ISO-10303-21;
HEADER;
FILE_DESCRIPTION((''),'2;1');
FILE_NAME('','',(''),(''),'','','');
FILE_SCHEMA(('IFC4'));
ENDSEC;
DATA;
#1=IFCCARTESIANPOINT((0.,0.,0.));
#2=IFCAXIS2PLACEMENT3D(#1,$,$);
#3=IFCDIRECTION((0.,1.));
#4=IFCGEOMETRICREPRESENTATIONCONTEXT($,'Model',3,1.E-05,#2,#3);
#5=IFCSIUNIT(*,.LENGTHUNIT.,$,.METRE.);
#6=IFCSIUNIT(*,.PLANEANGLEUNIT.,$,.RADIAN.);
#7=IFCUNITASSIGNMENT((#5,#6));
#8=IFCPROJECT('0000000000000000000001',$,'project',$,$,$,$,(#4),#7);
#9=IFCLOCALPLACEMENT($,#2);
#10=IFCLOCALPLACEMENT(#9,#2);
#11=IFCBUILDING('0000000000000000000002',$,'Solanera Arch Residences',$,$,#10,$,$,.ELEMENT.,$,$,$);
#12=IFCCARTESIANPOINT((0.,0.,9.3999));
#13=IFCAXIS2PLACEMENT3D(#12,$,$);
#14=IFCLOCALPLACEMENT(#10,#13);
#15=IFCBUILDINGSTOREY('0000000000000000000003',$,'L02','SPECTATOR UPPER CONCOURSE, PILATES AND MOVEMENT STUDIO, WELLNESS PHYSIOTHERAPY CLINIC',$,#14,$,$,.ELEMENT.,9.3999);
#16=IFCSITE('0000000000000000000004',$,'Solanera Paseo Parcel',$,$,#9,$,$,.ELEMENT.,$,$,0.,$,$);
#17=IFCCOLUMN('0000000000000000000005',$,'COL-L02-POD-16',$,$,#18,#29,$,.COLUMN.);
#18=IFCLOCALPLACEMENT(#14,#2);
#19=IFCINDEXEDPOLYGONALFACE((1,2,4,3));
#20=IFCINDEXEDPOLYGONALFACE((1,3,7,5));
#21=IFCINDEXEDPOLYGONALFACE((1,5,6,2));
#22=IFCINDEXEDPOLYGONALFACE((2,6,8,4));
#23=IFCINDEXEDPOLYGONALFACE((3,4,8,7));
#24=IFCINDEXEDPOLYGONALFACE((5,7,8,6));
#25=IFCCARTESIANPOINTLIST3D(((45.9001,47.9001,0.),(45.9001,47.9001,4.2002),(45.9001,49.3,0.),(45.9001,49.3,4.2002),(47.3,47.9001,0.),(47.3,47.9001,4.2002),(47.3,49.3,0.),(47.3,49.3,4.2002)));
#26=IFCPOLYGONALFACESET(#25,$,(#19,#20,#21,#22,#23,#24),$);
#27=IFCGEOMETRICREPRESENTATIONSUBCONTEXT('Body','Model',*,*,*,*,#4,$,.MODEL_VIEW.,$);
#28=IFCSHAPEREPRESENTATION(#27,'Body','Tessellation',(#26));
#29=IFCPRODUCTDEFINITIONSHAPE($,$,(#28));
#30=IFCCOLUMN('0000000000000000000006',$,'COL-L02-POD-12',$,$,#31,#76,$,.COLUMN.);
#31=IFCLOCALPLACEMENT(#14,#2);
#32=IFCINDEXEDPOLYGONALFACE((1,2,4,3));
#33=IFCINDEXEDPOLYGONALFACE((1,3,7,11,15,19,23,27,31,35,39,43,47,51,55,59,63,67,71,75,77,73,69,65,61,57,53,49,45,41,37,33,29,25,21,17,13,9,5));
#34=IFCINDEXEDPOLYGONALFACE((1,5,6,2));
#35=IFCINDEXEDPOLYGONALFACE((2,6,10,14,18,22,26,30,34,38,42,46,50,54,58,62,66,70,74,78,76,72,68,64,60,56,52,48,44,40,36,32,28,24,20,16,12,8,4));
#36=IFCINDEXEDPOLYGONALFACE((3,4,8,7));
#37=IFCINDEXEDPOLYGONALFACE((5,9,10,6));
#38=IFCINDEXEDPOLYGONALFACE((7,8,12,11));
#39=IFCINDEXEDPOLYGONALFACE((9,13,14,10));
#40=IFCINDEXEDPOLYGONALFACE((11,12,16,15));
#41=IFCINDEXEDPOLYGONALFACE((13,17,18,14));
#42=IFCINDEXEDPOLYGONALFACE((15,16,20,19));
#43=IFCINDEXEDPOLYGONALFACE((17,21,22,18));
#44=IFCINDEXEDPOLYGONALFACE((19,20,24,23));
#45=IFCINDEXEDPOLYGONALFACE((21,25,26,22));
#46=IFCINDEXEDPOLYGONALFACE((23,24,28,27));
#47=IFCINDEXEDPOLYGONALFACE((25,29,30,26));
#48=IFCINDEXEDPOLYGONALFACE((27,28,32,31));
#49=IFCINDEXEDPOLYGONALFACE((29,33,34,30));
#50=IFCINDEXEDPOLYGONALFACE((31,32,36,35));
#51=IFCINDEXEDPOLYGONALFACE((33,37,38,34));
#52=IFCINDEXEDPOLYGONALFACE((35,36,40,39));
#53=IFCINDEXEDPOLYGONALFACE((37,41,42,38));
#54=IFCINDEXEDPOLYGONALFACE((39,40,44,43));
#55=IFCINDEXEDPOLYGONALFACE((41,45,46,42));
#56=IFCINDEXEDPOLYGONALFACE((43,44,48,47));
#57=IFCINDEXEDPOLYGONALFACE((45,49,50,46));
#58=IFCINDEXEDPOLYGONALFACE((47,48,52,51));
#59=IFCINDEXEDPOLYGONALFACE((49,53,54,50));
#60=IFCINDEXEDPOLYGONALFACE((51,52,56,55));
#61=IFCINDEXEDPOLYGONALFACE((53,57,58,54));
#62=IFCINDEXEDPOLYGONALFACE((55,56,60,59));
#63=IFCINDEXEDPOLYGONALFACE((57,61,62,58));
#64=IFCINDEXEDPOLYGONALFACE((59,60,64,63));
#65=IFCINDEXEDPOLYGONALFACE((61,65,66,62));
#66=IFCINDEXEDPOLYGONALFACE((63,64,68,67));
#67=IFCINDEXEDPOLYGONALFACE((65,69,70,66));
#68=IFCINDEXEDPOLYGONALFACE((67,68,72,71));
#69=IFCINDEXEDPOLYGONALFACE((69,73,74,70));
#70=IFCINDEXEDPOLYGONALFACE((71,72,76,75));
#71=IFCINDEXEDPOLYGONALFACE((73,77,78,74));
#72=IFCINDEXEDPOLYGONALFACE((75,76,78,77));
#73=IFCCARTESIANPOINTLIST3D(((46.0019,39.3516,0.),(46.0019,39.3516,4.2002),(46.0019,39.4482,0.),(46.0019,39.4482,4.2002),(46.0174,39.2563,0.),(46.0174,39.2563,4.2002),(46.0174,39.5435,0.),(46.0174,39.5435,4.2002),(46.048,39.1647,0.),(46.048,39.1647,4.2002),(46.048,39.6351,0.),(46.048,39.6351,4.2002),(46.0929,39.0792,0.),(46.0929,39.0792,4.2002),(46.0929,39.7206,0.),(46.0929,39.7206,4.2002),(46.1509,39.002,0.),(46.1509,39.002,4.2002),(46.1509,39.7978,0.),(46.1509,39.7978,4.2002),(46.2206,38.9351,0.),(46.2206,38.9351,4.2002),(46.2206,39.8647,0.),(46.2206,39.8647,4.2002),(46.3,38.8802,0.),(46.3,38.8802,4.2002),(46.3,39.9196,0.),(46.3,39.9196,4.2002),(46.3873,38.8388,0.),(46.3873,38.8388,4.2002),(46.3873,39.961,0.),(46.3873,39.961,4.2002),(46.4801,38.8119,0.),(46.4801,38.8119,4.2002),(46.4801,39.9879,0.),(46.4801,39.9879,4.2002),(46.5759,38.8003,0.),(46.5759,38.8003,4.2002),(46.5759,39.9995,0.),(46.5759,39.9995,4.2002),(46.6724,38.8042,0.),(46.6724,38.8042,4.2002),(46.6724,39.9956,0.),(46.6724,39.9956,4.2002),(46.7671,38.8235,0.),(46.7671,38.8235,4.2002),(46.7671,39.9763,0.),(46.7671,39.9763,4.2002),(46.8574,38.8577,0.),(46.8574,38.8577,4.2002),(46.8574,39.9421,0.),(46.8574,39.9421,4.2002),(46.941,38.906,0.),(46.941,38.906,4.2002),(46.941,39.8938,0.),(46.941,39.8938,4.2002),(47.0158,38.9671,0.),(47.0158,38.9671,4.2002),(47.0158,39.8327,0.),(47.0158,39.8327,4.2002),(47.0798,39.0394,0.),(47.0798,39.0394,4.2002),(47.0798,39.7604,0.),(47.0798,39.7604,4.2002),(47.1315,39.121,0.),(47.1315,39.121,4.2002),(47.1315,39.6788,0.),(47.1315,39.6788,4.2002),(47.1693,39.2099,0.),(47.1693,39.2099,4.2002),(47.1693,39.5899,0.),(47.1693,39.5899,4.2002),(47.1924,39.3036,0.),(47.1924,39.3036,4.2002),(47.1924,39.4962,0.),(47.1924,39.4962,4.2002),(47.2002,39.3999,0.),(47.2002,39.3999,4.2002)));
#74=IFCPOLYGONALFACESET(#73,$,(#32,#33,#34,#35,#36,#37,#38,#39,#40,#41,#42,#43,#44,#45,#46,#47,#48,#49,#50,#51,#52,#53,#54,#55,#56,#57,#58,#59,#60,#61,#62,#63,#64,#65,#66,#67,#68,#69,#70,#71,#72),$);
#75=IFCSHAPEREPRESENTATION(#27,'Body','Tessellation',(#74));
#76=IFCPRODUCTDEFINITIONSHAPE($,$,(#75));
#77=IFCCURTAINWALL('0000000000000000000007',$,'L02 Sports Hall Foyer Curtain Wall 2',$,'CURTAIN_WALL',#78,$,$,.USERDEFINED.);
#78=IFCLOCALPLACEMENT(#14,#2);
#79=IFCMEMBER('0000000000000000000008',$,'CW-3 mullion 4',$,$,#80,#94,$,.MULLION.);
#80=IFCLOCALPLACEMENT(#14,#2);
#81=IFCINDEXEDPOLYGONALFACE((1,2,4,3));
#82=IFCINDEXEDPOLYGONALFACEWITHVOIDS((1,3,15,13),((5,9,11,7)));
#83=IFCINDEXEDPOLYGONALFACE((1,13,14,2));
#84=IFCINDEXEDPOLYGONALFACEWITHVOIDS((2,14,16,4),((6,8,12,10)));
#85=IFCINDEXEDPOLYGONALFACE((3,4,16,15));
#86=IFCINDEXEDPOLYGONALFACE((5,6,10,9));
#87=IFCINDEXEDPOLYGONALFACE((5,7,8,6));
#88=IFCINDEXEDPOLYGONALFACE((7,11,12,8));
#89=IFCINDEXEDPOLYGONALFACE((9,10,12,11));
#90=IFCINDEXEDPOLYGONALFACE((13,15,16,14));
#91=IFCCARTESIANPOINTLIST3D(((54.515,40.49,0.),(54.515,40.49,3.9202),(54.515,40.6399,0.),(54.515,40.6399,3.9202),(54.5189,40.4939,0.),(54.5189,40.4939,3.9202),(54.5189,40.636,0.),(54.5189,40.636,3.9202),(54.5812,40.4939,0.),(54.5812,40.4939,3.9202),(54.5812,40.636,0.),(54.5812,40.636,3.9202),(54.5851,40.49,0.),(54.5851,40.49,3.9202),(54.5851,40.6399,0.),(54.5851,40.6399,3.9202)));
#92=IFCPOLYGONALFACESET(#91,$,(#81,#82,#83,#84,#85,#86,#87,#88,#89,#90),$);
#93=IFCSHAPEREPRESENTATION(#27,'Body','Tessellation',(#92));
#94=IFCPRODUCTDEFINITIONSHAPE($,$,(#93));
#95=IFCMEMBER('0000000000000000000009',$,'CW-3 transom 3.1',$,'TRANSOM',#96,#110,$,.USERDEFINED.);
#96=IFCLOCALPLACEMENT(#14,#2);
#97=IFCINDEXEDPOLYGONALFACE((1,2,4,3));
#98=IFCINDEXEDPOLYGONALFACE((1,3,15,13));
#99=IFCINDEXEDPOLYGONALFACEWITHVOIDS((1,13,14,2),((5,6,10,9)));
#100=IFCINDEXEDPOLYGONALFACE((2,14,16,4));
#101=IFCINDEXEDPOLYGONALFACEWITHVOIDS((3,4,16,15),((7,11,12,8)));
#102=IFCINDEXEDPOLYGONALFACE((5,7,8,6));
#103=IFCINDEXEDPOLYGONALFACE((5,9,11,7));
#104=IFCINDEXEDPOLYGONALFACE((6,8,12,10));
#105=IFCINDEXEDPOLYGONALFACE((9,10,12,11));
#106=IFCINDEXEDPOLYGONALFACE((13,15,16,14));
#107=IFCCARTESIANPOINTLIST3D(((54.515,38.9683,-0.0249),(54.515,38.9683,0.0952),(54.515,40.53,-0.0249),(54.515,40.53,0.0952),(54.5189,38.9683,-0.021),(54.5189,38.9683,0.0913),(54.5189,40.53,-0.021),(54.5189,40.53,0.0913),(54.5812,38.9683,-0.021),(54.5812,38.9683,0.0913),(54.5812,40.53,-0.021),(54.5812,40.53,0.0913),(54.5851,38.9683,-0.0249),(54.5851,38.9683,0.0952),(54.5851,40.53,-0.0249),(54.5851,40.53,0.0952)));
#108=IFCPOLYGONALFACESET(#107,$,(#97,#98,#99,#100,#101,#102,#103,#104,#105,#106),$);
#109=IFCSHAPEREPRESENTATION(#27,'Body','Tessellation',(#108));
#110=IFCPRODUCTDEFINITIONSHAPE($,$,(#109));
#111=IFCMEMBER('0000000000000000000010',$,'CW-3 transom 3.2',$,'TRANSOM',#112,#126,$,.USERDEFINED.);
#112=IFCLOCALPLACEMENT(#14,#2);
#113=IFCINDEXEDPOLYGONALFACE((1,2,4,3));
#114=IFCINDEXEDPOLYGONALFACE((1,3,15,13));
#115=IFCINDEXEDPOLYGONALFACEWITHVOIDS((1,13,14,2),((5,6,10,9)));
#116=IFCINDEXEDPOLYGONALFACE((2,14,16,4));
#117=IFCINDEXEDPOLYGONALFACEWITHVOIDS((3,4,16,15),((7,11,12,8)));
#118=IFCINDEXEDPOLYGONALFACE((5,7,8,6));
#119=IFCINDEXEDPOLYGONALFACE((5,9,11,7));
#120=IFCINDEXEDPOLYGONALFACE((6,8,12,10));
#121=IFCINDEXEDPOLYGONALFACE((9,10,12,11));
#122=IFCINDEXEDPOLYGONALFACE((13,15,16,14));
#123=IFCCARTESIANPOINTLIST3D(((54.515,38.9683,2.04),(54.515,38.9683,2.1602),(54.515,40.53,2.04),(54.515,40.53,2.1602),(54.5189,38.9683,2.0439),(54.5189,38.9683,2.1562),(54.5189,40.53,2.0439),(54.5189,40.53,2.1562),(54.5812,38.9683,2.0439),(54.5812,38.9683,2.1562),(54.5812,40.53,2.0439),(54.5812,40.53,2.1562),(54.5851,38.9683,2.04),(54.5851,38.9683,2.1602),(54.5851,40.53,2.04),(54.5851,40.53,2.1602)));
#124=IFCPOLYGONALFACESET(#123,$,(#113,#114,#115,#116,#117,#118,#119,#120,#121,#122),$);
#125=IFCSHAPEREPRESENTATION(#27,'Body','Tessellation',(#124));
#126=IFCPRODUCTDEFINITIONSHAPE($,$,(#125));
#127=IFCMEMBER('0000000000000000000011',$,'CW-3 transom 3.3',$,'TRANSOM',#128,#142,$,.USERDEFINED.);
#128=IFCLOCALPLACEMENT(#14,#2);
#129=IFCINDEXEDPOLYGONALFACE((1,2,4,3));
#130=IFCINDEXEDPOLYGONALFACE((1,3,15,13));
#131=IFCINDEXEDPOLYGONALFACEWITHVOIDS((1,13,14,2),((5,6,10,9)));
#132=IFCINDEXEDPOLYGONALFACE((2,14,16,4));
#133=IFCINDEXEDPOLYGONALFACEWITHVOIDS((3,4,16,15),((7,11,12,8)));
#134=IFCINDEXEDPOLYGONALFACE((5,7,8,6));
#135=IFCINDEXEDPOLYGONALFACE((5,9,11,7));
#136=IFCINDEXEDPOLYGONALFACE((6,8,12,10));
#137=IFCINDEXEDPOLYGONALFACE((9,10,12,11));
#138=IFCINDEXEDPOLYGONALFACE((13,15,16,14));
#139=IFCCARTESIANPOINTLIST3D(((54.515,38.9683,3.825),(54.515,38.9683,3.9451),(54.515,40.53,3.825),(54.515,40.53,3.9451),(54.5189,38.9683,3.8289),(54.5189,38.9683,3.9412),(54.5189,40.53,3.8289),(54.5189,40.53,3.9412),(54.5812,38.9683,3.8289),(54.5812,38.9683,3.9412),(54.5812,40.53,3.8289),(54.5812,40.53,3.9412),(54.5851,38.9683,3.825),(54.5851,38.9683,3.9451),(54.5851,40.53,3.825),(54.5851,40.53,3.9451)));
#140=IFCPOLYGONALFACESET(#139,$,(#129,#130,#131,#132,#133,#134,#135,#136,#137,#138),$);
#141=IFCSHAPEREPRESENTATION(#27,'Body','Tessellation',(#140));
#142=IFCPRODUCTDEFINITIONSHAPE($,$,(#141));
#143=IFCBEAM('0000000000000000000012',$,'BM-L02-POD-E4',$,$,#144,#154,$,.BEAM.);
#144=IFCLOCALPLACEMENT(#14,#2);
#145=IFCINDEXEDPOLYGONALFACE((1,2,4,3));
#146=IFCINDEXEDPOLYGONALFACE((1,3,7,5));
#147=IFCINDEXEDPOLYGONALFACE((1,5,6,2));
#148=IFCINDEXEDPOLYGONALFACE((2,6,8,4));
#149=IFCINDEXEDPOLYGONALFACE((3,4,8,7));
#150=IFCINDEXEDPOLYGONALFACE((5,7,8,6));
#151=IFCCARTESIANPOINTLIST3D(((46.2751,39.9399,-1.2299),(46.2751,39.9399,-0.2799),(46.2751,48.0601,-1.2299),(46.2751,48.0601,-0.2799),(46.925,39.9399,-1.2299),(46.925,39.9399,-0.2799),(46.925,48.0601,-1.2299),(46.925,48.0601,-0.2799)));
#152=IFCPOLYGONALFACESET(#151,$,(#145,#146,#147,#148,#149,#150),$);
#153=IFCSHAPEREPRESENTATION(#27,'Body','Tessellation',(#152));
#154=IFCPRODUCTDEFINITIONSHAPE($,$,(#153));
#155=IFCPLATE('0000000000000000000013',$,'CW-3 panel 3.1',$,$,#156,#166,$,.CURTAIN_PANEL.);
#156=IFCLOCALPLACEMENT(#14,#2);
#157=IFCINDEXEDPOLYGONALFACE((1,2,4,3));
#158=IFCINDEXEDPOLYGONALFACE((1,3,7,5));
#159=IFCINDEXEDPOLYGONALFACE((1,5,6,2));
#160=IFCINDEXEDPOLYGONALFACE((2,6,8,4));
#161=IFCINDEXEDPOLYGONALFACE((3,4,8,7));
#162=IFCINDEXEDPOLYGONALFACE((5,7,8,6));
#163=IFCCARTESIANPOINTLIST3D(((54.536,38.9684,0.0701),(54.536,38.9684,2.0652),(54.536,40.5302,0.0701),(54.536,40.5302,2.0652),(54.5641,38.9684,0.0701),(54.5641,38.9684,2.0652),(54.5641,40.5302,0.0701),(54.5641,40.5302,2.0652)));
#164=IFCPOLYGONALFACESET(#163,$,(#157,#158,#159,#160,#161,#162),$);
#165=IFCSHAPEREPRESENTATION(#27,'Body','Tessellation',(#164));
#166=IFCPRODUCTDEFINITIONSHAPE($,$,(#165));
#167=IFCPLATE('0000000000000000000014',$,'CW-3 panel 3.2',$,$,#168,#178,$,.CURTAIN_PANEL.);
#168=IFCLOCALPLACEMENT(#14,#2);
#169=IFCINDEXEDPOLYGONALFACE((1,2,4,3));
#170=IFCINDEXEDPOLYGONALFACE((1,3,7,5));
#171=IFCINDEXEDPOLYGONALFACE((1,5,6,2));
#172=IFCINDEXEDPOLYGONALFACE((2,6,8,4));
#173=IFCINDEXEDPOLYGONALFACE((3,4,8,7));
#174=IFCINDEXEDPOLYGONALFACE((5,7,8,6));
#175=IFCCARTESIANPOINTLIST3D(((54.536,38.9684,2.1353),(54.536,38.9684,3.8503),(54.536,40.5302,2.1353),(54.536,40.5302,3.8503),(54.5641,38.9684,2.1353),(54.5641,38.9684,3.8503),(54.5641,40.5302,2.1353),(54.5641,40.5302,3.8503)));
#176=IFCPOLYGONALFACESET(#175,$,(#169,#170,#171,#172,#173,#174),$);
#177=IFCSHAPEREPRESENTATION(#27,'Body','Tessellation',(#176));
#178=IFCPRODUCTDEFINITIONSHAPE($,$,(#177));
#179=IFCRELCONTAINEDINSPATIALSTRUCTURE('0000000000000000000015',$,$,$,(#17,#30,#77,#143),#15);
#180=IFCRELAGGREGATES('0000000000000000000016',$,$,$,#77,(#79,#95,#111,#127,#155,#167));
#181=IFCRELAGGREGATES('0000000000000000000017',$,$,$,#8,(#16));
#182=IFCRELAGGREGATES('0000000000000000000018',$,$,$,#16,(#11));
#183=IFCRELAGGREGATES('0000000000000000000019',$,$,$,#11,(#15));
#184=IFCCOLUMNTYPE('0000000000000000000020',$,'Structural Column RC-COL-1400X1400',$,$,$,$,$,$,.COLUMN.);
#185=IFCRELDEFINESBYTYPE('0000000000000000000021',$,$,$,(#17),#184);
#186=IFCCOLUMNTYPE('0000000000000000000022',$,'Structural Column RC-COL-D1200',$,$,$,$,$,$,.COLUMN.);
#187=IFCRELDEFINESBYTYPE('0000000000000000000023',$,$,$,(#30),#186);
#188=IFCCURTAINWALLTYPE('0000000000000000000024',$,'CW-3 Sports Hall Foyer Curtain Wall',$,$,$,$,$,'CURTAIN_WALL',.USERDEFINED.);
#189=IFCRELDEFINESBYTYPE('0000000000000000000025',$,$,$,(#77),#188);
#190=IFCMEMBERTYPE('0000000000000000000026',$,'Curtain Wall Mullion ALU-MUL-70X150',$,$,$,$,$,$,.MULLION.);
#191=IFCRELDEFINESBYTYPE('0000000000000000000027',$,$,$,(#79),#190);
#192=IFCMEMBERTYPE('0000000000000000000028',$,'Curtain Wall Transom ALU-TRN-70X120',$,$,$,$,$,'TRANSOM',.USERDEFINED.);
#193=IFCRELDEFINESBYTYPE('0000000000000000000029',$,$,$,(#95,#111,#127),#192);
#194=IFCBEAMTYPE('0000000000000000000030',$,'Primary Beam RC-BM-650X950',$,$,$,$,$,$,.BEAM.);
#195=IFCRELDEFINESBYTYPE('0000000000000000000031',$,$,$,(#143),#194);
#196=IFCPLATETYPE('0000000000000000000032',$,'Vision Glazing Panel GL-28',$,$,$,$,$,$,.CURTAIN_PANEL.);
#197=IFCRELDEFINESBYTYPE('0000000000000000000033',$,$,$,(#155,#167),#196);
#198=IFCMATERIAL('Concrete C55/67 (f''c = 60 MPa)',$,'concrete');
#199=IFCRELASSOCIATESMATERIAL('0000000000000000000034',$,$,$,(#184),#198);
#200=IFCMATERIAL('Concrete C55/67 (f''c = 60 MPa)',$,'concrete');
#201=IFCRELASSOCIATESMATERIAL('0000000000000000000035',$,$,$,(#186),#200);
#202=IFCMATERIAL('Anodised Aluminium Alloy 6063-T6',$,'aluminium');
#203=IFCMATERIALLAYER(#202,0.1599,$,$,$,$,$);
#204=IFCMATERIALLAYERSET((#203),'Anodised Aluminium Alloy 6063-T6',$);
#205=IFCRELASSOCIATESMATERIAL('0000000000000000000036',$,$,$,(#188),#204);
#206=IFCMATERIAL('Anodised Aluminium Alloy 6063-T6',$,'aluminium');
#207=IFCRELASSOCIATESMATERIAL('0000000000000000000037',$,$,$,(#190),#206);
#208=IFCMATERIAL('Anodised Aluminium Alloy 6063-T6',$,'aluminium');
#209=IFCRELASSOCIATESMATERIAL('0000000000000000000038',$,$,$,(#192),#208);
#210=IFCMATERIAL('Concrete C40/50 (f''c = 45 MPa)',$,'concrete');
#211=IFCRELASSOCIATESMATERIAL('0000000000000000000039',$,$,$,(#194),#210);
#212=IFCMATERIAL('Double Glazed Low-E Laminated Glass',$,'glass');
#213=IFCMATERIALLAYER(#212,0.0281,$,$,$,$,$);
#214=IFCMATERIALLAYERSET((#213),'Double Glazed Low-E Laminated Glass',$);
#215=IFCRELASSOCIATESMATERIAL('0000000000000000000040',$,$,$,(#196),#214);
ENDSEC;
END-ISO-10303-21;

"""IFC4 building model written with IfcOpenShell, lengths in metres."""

from ifc_helpers import new_model, si_unit, direction, frame, origin, origin_2d, place, context, subcontext, project, spatial, rectangle, hollow_rectangle, circle, extrude, material, layer, layer_set, material_profile, profile_set, type_object, element, aggregate, save


model = new_model("IFC4")

# Units and contexts
model_context = context("Model", 3, precision=1e-05, world=origin(), true_north=direction((0.0, 1.0)))
body_context = subcontext(model_context, "Body", "Model", "MODEL_VIEW")
ifc_project = project(units=[si_unit("LENGTHUNIT", "METRE"), si_unit("PLANEANGLEUNIT", "RADIAN")], contexts=[model_context])

# Site, building, storey
site_placement = place(None, origin())
site = spatial("IfcSite", under=ifc_project, at=site_placement, Name="Solanera Paseo Parcel", CompositionType="ELEMENT", RefElevation=0.0)
building_placement = place(site_placement, origin())
building = spatial("IfcBuilding", under=site, at=building_placement, Name="Solanera Arch Residences", CompositionType="ELEMENT")
storey_placement = place(building_placement, frame((0.0, 0.0, 9.3999)))
storey = spatial("IfcBuildingStorey", under=building, at=storey_placement, Name="L02", Description="SPECTATOR UPPER CONCOURSE, PILATES AND MOVEMENT STUDIO, WELLNESS PHYSIOTHERAPY CLINIC", CompositionType="ELEMENT", Elevation=9.3999)

# Columns
ifc_material_1 = material(Name="Concrete C55/67 (f'c = 60 MPa)", Category="concrete")
ifc_material_profile_1 = material_profile(ifc_material_1, rectangle(XDim=1.3999, YDim=1.3999, at=origin_2d()))
ifc_profile_set_1 = profile_set([ifc_material_profile_1], Name="Concrete C55/67 (f'c = 60 MPa)")
column_type_1 = type_object("IfcColumnType", Name="Structural Column RC-COL-1400X1400", PredefinedType="COLUMN", material=ifc_profile_set_1)
column_1_placement = place(storey_placement, frame((46.6001, 48.6001, 0.0), z_axis=(0.0, 0.0, 1.0), x_axis=(1.0, 0.0, 0.0)))
element("IfcColumn", 1, at=column_1_placement, inside=storey, type_object=column_type_1, Name="COL-L02-POD-16", PredefinedType="COLUMN", context=body_context, shape_type="SweptSolid", body=[
    extrude(rectangle(XDim=1.3999, YDim=1.3999, at=origin_2d()), origin(), (0.0, 0.0, 1.0), 4.2002),
])
ifc_material_2 = material(Name="Concrete C55/67 (f'c = 60 MPa)", Category="concrete")
ifc_material_profile_2 = material_profile(ifc_material_2, circle(Radius=0.6001, at=origin_2d()))
ifc_profile_set_2 = profile_set([ifc_material_profile_2], Name="Concrete C55/67 (f'c = 60 MPa)")
column_type_2 = type_object("IfcColumnType", Name="Structural Column RC-COL-D1200", PredefinedType="COLUMN", material=ifc_profile_set_2)
column_2_placement = place(storey_placement, frame((46.6001, 39.3999, 0.0), z_axis=(0.0, 0.0, 1.0), x_axis=(1.0, 0.0, 0.0)))
element("IfcColumn", 2, at=column_2_placement, inside=storey, type_object=column_type_2, Name="COL-L02-POD-12", PredefinedType="COLUMN", context=body_context, shape_type="SweptSolid", body=[
    extrude(circle(Radius=0.6001, at=origin_2d()), origin(), (0.0, 0.0, 1.0), 4.2002),
])

# Curtain wall, members
ifc_material_3 = material(Name="Anodised Aluminium Alloy 6063-T6", Category="aluminium")
ifc_layer_1 = layer(ifc_material_3, 0.1599)
ifc_layer_set_1 = layer_set([ifc_layer_1], Name="Anodised Aluminium Alloy 6063-T6")
curtain_wall_type = type_object("IfcCurtainWallType", Name="CW-3 Sports Hall Foyer Curtain Wall", ElementType="CURTAIN_WALL", PredefinedType="USERDEFINED", material=ifc_layer_set_1)
curtain_wall_placement = place(storey_placement, origin())
curtain_wall = element("IfcCurtainWall", 3, at=curtain_wall_placement, inside=storey, type_object=curtain_wall_type, Name="L02 Sports Hall Foyer Curtain Wall 2", ObjectType="CURTAIN_WALL", PredefinedType="USERDEFINED")
ifc_material_4 = material(Name="Anodised Aluminium Alloy 6063-T6", Category="aluminium")
ifc_material_profile_3 = material_profile(ifc_material_4, hollow_rectangle(XDim=0.0701, YDim=0.1499, WallThickness=0.0039, at=origin_2d()))
ifc_profile_set_3 = profile_set([ifc_material_profile_3], Name="Anodised Aluminium Alloy 6063-T6")
member_type_1 = type_object("IfcMemberType", Name="Curtain Wall Mullion ALU-MUL-70X150", PredefinedType="MULLION", material=ifc_profile_set_3)
member_1_placement = place(storey_placement, frame((54.55, 40.5649, 0.0), z_axis=(0.0, 0.0, 1.0), x_axis=(-1.0, 0.0, 0.0)))
member_1 = element("IfcMember", 4, at=member_1_placement, type_object=member_type_1, Name="CW-3 mullion 4", PredefinedType="MULLION", context=body_context, shape_type="SweptSolid", body=[
    extrude(hollow_rectangle(XDim=0.0701, YDim=0.1499, WallThickness=0.0039, at=origin_2d()), origin(), (0.0, 0.0, 1.0), 3.9202),
])
ifc_material_5 = material(Name="Anodised Aluminium Alloy 6063-T6", Category="aluminium")
ifc_material_profile_4 = material_profile(ifc_material_5, hollow_rectangle(XDim=0.0701, YDim=0.1201, WallThickness=0.0039, at=origin_2d()))
ifc_profile_set_4 = profile_set([ifc_material_profile_4], Name="Anodised Aluminium Alloy 6063-T6")
member_type_2 = type_object("IfcMemberType", Name="Curtain Wall Transom ALU-TRN-70X120", ElementType="TRANSOM", PredefinedType="USERDEFINED", material=ifc_profile_set_4)
member_2_placement = place(storey_placement, frame((54.55, 38.9683, 0.0352), z_axis=(0.0, 1.0, 0.0), x_axis=(-1.0, 0.0, 0.0)))
member_2 = element("IfcMember", 5, at=member_2_placement, type_object=member_type_2, Name="CW-3 transom 3.1", ObjectType="TRANSOM", PredefinedType="USERDEFINED", context=body_context, shape_type="SweptSolid", body=[
    extrude(hollow_rectangle(XDim=0.0701, YDim=0.1201, WallThickness=0.0039, at=origin_2d()), origin(), (0.0, 0.0, 1.0), 1.5618),
])
member_3_placement = place(storey_placement, frame((54.55, 38.9683, 2.1001), z_axis=(0.0, 1.0, 0.0), x_axis=(-1.0, 0.0, 0.0)))
member_3 = element("IfcMember", 6, at=member_3_placement, type_object=member_type_2, Name="CW-3 transom 3.2", ObjectType="TRANSOM", PredefinedType="USERDEFINED", context=body_context, shape_type="SweptSolid", body=[
    extrude(hollow_rectangle(XDim=0.0701, YDim=0.1201, WallThickness=0.0039, at=origin_2d()), origin(), (0.0, 0.0, 1.0), 1.5618),
])
member_4_placement = place(storey_placement, frame((54.55, 38.9683, 3.885), z_axis=(0.0, 1.0, 0.0), x_axis=(-1.0, 0.0, 0.0)))
member_4 = element("IfcMember", 7, at=member_4_placement, type_object=member_type_2, Name="CW-3 transom 3.3", ObjectType="TRANSOM", PredefinedType="USERDEFINED", context=body_context, shape_type="SweptSolid", body=[
    extrude(hollow_rectangle(XDim=0.0701, YDim=0.1201, WallThickness=0.0039, at=origin_2d()), origin(), (0.0, 0.0, 1.0), 1.5618),
])

# Beam
ifc_material_6 = material(Name="Concrete C40/50 (f'c = 45 MPa)", Category="concrete")
ifc_material_profile_5 = material_profile(ifc_material_6, rectangle(XDim=0.6499, YDim=0.95, at=origin_2d()))
ifc_profile_set_5 = profile_set([ifc_material_profile_5], Name="Concrete C40/50 (f'c = 45 MPa)")
beam_type = type_object("IfcBeamType", Name="Primary Beam RC-BM-650X950", PredefinedType="BEAM", material=ifc_profile_set_5)
beam_placement = place(storey_placement, frame((46.6001, 39.9399, -0.7549), z_axis=(0.0, 1.0, 0.0), x_axis=(-1.0, 0.0, 0.0)))
element("IfcBeam", 8, at=beam_placement, inside=storey, type_object=beam_type, Name="BM-L02-POD-E4", PredefinedType="BEAM", context=body_context, shape_type="SweptSolid", body=[
    extrude(rectangle(XDim=0.6499, YDim=0.95, at=origin_2d()), origin(), (0.0, 0.0, 1.0), 8.1201),
])

# Plates
ifc_material_7 = material(Name="Double Glazed Low-E Laminated Glass", Category="glass")
ifc_layer_2 = layer(ifc_material_7, 0.0281)
ifc_layer_set_2 = layer_set([ifc_layer_2], Name="Double Glazed Low-E Laminated Glass")
plate_type = type_object("IfcPlateType", Name="Vision Glazing Panel GL-28", PredefinedType="CURTAIN_PANEL", material=ifc_layer_set_2)
plate_1_placement = place(storey_placement, frame((54.55, 39.7493, 0.0701), z_axis=(0.0, 0.0, 1.0), x_axis=(0.0, 1.0, 0.0)))
plate_1 = element("IfcPlate", 9, at=plate_1_placement, type_object=plate_type, Name="CW-3 panel 3.1", PredefinedType="CURTAIN_PANEL", context=body_context, shape_type="SweptSolid", body=[
    extrude(rectangle(XDim=1.5618, YDim=0.0281, at=origin_2d()), origin(), (0.0, 0.0, 1.0), 1.9951),
])
plate_2_placement = place(storey_placement, frame((54.55, 39.7493, 2.1353), z_axis=(0.0, 0.0, 1.0), x_axis=(0.0, 1.0, 0.0)))
plate_2 = element("IfcPlate", 10, at=plate_2_placement, type_object=plate_type, Name="CW-3 panel 3.2", PredefinedType="CURTAIN_PANEL", context=body_context, shape_type="SweptSolid", body=[
    extrude(rectangle(XDim=1.5618, YDim=0.0281, at=origin_2d()), origin(), (0.0, 0.0, 1.0), 1.7151),
])
aggregate(curtain_wall, [member_1, member_2, member_3, member_4, plate_1, plate_2])

save(model, "model.ifc")
